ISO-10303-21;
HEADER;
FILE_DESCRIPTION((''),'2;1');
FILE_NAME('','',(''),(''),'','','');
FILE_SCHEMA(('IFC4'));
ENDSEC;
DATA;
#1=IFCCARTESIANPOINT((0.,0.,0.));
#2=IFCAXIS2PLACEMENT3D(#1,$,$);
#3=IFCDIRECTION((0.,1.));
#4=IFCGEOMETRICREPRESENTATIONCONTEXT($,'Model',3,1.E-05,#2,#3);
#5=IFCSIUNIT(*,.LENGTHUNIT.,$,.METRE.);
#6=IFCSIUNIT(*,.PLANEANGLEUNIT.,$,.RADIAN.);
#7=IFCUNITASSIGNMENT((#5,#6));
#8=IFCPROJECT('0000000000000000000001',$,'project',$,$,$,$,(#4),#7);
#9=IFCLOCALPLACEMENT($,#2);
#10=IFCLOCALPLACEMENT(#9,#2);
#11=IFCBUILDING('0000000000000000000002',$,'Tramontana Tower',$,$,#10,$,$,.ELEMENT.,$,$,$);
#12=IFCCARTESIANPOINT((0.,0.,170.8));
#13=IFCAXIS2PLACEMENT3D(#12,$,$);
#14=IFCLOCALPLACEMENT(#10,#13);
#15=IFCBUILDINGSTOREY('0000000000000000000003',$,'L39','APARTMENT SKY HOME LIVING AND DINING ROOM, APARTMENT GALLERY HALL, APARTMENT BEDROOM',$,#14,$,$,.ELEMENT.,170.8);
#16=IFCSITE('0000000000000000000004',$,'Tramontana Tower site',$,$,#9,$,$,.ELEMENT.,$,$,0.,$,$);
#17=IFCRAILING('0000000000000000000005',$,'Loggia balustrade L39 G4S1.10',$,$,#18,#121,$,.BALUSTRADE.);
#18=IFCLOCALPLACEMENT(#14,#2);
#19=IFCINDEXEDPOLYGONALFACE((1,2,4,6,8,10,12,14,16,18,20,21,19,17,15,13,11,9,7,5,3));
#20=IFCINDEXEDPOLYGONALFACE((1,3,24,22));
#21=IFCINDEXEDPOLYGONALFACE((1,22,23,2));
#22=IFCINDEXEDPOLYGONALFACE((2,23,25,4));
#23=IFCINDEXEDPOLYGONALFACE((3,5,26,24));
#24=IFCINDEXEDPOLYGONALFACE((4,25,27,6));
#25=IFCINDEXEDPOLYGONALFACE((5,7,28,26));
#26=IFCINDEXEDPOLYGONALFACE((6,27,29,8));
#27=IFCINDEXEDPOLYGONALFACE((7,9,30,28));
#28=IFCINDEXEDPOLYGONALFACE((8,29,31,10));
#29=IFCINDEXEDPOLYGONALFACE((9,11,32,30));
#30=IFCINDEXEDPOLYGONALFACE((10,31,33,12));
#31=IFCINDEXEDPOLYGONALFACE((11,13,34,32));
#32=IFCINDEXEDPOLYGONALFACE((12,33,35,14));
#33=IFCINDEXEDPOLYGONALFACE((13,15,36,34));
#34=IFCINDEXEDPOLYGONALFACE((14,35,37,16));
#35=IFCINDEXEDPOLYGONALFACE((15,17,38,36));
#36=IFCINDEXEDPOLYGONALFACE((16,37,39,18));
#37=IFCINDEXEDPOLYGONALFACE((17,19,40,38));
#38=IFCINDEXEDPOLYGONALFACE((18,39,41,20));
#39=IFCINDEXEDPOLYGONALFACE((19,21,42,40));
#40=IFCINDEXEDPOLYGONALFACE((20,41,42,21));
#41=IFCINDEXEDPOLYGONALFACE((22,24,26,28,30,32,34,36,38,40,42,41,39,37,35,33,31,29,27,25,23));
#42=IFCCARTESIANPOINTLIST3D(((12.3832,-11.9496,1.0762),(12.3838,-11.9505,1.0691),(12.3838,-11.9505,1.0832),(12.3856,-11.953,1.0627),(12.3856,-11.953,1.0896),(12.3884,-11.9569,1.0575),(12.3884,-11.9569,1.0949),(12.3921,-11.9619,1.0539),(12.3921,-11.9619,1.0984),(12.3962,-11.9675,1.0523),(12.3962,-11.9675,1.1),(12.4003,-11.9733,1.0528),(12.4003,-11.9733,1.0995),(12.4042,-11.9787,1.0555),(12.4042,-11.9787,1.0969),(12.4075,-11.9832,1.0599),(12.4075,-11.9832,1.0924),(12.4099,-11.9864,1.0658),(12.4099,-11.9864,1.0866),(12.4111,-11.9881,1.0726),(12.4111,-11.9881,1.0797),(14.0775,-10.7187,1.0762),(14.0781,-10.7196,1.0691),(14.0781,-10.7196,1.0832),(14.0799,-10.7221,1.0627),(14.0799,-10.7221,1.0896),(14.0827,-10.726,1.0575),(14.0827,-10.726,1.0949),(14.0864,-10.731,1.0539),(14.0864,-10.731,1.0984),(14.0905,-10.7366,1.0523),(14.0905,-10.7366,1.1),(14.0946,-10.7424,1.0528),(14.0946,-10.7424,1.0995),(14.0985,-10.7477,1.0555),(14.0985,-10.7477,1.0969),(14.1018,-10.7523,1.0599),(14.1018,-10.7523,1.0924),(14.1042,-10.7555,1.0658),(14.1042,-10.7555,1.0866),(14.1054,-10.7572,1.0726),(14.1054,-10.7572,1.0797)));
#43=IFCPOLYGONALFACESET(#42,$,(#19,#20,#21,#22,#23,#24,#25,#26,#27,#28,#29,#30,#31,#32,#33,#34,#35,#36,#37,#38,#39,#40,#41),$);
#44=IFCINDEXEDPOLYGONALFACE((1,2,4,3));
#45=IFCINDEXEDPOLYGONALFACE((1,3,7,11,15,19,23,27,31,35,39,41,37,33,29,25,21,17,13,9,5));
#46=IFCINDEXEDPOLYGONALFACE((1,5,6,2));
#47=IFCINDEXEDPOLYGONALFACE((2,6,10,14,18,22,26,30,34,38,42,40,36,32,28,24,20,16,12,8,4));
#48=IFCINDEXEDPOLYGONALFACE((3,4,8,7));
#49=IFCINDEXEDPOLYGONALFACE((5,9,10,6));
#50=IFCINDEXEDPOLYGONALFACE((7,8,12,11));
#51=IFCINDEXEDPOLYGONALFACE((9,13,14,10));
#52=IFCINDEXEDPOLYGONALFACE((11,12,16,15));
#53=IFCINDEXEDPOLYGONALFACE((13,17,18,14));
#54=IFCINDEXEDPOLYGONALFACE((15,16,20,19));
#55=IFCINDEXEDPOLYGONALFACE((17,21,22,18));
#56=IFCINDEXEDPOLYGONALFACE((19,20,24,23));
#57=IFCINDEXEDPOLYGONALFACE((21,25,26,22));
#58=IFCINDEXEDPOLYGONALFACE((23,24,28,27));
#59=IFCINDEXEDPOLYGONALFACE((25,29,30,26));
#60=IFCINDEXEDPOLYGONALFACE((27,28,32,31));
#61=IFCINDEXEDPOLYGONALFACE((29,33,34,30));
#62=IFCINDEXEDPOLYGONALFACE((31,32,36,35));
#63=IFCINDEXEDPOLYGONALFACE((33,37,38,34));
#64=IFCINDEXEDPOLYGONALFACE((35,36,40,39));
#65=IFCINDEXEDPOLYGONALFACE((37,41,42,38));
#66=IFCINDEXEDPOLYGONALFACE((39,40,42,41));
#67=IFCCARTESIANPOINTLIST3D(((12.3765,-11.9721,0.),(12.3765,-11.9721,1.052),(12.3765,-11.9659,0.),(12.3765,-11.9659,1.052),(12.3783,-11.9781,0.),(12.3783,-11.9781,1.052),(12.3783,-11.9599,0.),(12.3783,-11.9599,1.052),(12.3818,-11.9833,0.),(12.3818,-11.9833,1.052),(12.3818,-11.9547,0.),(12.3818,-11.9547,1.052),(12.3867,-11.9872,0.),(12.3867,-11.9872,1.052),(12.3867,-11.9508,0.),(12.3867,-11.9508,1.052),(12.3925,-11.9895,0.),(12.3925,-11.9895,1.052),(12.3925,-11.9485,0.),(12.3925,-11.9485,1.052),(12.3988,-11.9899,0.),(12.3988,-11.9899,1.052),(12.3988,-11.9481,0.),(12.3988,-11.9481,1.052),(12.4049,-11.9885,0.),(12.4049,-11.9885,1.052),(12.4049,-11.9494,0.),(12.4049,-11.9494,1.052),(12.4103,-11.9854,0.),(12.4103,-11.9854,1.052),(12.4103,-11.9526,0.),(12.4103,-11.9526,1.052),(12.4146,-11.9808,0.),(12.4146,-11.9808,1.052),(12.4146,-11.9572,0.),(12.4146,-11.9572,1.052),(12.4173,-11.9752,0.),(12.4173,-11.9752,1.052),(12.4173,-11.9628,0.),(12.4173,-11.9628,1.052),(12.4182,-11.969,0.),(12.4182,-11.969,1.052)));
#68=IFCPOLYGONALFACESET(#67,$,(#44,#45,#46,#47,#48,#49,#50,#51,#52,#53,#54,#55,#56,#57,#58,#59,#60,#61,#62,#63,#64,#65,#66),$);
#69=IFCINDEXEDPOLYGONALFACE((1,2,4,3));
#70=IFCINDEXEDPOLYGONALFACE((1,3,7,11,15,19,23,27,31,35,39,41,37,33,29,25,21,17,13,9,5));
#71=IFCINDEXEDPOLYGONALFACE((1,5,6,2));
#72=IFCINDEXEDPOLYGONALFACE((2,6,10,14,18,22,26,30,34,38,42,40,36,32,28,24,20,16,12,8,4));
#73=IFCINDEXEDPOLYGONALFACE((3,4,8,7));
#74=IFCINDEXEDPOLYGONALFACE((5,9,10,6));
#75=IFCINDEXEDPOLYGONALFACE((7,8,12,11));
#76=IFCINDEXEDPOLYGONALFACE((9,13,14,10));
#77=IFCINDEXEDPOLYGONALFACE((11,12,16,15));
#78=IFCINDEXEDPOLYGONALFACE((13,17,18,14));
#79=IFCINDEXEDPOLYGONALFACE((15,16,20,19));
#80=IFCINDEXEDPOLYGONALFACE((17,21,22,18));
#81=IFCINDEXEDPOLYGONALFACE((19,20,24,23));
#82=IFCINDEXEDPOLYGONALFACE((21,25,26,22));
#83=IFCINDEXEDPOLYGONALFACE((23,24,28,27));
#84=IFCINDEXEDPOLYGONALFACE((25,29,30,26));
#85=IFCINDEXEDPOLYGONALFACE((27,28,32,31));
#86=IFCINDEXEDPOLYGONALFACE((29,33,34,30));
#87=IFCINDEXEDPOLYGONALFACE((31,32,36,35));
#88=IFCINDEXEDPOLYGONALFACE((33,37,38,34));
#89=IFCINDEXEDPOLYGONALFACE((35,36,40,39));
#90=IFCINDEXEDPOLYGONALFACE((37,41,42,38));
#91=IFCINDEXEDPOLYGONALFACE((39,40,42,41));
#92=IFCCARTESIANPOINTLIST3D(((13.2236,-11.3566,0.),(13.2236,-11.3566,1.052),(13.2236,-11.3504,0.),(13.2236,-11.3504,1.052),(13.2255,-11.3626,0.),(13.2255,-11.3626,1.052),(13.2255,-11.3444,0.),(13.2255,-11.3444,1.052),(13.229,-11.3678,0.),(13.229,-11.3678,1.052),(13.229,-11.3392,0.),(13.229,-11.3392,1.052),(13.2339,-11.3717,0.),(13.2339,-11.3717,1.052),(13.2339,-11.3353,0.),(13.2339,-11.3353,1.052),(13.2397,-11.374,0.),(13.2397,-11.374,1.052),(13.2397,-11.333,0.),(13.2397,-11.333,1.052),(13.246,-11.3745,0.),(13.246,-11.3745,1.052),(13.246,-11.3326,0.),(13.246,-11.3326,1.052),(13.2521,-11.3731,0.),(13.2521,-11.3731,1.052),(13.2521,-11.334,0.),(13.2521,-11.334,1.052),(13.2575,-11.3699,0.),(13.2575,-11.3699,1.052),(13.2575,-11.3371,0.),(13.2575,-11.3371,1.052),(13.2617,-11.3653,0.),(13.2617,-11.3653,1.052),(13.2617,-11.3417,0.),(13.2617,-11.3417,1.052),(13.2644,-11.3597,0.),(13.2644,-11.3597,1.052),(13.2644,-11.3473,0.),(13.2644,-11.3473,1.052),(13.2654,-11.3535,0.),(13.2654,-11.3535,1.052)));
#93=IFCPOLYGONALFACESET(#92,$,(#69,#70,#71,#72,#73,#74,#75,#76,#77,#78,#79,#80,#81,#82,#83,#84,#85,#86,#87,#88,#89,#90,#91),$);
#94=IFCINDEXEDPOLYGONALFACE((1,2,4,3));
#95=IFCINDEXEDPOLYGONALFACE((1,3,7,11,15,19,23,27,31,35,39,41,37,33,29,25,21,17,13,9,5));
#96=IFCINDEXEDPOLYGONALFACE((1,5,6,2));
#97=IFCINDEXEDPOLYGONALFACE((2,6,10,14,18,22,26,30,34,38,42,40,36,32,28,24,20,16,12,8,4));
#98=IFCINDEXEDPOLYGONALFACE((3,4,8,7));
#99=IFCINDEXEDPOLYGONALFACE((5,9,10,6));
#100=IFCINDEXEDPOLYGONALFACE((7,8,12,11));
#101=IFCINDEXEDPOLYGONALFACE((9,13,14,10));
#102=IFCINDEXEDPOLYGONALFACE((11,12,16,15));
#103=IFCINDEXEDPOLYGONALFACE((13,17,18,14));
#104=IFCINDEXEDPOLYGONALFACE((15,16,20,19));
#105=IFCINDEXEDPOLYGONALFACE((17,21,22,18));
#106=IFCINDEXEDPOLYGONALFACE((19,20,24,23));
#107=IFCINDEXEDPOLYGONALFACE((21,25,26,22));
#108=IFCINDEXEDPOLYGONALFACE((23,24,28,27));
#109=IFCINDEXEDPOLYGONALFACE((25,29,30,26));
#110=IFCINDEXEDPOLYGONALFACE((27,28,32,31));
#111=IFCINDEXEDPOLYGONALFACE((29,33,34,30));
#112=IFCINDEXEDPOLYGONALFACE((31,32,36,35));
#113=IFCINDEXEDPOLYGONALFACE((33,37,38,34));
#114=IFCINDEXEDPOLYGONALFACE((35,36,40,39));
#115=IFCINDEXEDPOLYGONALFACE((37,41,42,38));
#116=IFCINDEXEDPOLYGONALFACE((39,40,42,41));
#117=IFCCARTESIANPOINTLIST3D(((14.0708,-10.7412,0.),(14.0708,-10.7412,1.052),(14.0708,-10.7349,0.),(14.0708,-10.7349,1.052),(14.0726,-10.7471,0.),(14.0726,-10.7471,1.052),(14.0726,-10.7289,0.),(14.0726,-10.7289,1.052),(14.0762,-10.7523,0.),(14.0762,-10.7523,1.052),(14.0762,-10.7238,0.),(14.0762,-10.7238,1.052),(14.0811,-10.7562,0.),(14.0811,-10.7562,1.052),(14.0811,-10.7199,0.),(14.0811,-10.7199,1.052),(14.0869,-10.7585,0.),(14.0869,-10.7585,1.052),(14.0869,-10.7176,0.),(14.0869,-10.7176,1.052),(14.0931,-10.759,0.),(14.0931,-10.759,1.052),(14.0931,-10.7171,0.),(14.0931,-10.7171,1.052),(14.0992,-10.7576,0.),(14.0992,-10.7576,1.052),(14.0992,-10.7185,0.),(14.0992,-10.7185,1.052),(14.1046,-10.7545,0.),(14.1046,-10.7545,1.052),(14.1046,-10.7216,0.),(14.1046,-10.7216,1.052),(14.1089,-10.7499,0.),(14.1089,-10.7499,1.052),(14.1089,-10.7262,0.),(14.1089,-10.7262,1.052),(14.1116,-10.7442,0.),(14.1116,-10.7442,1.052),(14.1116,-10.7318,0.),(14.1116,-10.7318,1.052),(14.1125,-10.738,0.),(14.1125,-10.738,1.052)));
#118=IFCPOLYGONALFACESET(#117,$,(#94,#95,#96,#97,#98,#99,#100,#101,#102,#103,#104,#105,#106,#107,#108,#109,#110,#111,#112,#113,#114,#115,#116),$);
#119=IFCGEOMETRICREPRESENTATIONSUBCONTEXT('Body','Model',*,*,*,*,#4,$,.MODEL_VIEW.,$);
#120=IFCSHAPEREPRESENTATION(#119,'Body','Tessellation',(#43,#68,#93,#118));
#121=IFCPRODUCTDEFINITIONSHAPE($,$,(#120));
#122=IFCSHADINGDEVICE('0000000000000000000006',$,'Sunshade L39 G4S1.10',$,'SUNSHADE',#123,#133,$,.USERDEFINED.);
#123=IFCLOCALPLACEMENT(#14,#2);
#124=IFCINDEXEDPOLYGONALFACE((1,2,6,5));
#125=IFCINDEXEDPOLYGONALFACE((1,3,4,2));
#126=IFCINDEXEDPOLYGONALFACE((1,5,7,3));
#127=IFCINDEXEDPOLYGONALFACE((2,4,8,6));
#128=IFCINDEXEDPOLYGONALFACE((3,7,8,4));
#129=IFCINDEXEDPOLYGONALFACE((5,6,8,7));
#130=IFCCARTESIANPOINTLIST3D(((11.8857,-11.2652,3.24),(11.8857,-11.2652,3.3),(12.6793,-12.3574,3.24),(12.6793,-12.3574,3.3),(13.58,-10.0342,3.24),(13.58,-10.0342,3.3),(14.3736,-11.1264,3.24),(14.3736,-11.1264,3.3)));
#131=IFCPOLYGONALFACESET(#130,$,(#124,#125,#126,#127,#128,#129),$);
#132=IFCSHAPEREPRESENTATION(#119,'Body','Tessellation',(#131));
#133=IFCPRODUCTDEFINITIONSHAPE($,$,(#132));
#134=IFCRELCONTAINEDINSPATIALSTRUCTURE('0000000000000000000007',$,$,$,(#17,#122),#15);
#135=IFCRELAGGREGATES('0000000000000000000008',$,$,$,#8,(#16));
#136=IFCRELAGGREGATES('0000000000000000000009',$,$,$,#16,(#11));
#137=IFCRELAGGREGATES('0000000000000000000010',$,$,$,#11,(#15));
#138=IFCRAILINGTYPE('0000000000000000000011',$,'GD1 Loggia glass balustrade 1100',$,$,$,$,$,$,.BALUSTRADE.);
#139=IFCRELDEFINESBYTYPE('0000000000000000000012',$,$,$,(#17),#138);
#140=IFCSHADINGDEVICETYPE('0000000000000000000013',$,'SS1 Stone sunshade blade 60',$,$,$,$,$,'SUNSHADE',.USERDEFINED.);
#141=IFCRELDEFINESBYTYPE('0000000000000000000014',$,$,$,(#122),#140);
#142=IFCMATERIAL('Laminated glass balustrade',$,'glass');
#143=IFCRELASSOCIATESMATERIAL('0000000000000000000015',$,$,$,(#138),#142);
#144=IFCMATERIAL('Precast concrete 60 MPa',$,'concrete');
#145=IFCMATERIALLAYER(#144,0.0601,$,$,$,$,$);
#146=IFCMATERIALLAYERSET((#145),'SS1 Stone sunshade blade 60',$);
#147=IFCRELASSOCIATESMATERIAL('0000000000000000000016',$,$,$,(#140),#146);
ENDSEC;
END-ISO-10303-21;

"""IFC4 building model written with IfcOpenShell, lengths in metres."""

from ifc_helpers import new_model, si_unit, direction, frame, origin, origin_2d, place, context, subcontext, project, spatial, rectangle, circle, extrude, material, layer, layer_set, type_object, element, save


model = new_model("IFC4")

# Units and contexts
model_context = context("Model", 3, precision=1e-05, world=origin(), true_north=direction((0.0, 1.0)))
body_context = subcontext(model_context, "Body", "Model", "MODEL_VIEW")
ifc_project = project(units=[si_unit("LENGTHUNIT", "METRE"), si_unit("PLANEANGLEUNIT", "RADIAN")], contexts=[model_context])

# Site, building, storey
site_placement = place(None, origin())
site = spatial("IfcSite", under=ifc_project, at=site_placement, Name="Tramontana Tower site", CompositionType="ELEMENT", RefElevation=0.0)
building_placement = place(site_placement, origin())
building = spatial("IfcBuilding", under=site, at=building_placement, Name="Tramontana Tower", CompositionType="ELEMENT")
storey_placement = place(building_placement, frame((0.0, 0.0, 170.8)))
storey = spatial("IfcBuildingStorey", under=building, at=storey_placement, Name="L39", Description="APARTMENT SKY HOME LIVING AND DINING ROOM, APARTMENT GALLERY HALL, APARTMENT BEDROOM", CompositionType="ELEMENT", Elevation=170.8)

# Railing
ifc_material_1 = material(Name="Laminated glass balustrade", Category="glass")
railing_type_1 = type_object("IfcRailingType", Name="GD1 Loggia glass balustrade 1100", PredefinedType="BALUSTRADE", material=ifc_material_1)
railing_1_placement = place(storey_placement, frame((12.3972, -11.969, 0.0)))
element("IfcRailing", 1, at=railing_1_placement, inside=storey, type_object=railing_type_1, Name="Loggia balustrade L39 G4S1.10", PredefinedType="BALUSTRADE", context=body_context, shape_type="SweptSolid", body=[
    extrude(circle(Radius=0.0239, at=origin_2d()), frame((0.0, 0.0, 1.0762), z_axis=(0.809028, 0.58777, 0.0), x_axis=(-0.58777, 0.809028, 0.0)), (0.0, 0.0, 1.0), 2.0942),
    extrude(circle(Radius=0.021, at=origin_2d()), origin(), (0.0, 0.0, 1.0), 1.052),
    extrude(circle(Radius=0.021, at=origin_2d()), frame((0.8472, 0.6155, 0.0)), (0.0, 0.0, 1.0), 1.052),
    extrude(circle(Radius=0.021, at=origin_2d()), frame((1.6943, 1.231, 0.0)), (0.0, 0.0, 1.0), 1.052),
])

# Shading device
ifc_material_2 = material(Name="Precast concrete 60 MPa", Category="concrete")
ifc_layer_1 = layer(ifc_material_2, 0.0601)
ifc_layer_set_1 = layer_set([ifc_layer_1], Name="SS1 Stone sunshade blade 60")
shading_device_type = type_object("IfcShadingDeviceType", Name="SS1 Stone sunshade blade 60", ElementType="SUNSHADE", PredefinedType="USERDEFINED", material=ifc_layer_set_1)
shading_device_placement = place(storey_placement, frame((13.1296, -11.1958, 3.24), z_axis=(0.0, 0.0, 1.0), x_axis=(0.809017, 0.587785, 0.0)))
element("IfcShadingDevice", 2, at=shading_device_placement, inside=storey, type_object=shading_device_type, Name="Sunshade L39 G4S1.10", ObjectType="SUNSHADE", PredefinedType="USERDEFINED", context=body_context, shape_type="SweptSolid", body=[
    extrude(rectangle(XDim=2.0942, YDim=1.3501, at=origin_2d()), origin(), (0.0, 0.0, 1.0), 0.0601),
])

save(model, "model.ifc")
